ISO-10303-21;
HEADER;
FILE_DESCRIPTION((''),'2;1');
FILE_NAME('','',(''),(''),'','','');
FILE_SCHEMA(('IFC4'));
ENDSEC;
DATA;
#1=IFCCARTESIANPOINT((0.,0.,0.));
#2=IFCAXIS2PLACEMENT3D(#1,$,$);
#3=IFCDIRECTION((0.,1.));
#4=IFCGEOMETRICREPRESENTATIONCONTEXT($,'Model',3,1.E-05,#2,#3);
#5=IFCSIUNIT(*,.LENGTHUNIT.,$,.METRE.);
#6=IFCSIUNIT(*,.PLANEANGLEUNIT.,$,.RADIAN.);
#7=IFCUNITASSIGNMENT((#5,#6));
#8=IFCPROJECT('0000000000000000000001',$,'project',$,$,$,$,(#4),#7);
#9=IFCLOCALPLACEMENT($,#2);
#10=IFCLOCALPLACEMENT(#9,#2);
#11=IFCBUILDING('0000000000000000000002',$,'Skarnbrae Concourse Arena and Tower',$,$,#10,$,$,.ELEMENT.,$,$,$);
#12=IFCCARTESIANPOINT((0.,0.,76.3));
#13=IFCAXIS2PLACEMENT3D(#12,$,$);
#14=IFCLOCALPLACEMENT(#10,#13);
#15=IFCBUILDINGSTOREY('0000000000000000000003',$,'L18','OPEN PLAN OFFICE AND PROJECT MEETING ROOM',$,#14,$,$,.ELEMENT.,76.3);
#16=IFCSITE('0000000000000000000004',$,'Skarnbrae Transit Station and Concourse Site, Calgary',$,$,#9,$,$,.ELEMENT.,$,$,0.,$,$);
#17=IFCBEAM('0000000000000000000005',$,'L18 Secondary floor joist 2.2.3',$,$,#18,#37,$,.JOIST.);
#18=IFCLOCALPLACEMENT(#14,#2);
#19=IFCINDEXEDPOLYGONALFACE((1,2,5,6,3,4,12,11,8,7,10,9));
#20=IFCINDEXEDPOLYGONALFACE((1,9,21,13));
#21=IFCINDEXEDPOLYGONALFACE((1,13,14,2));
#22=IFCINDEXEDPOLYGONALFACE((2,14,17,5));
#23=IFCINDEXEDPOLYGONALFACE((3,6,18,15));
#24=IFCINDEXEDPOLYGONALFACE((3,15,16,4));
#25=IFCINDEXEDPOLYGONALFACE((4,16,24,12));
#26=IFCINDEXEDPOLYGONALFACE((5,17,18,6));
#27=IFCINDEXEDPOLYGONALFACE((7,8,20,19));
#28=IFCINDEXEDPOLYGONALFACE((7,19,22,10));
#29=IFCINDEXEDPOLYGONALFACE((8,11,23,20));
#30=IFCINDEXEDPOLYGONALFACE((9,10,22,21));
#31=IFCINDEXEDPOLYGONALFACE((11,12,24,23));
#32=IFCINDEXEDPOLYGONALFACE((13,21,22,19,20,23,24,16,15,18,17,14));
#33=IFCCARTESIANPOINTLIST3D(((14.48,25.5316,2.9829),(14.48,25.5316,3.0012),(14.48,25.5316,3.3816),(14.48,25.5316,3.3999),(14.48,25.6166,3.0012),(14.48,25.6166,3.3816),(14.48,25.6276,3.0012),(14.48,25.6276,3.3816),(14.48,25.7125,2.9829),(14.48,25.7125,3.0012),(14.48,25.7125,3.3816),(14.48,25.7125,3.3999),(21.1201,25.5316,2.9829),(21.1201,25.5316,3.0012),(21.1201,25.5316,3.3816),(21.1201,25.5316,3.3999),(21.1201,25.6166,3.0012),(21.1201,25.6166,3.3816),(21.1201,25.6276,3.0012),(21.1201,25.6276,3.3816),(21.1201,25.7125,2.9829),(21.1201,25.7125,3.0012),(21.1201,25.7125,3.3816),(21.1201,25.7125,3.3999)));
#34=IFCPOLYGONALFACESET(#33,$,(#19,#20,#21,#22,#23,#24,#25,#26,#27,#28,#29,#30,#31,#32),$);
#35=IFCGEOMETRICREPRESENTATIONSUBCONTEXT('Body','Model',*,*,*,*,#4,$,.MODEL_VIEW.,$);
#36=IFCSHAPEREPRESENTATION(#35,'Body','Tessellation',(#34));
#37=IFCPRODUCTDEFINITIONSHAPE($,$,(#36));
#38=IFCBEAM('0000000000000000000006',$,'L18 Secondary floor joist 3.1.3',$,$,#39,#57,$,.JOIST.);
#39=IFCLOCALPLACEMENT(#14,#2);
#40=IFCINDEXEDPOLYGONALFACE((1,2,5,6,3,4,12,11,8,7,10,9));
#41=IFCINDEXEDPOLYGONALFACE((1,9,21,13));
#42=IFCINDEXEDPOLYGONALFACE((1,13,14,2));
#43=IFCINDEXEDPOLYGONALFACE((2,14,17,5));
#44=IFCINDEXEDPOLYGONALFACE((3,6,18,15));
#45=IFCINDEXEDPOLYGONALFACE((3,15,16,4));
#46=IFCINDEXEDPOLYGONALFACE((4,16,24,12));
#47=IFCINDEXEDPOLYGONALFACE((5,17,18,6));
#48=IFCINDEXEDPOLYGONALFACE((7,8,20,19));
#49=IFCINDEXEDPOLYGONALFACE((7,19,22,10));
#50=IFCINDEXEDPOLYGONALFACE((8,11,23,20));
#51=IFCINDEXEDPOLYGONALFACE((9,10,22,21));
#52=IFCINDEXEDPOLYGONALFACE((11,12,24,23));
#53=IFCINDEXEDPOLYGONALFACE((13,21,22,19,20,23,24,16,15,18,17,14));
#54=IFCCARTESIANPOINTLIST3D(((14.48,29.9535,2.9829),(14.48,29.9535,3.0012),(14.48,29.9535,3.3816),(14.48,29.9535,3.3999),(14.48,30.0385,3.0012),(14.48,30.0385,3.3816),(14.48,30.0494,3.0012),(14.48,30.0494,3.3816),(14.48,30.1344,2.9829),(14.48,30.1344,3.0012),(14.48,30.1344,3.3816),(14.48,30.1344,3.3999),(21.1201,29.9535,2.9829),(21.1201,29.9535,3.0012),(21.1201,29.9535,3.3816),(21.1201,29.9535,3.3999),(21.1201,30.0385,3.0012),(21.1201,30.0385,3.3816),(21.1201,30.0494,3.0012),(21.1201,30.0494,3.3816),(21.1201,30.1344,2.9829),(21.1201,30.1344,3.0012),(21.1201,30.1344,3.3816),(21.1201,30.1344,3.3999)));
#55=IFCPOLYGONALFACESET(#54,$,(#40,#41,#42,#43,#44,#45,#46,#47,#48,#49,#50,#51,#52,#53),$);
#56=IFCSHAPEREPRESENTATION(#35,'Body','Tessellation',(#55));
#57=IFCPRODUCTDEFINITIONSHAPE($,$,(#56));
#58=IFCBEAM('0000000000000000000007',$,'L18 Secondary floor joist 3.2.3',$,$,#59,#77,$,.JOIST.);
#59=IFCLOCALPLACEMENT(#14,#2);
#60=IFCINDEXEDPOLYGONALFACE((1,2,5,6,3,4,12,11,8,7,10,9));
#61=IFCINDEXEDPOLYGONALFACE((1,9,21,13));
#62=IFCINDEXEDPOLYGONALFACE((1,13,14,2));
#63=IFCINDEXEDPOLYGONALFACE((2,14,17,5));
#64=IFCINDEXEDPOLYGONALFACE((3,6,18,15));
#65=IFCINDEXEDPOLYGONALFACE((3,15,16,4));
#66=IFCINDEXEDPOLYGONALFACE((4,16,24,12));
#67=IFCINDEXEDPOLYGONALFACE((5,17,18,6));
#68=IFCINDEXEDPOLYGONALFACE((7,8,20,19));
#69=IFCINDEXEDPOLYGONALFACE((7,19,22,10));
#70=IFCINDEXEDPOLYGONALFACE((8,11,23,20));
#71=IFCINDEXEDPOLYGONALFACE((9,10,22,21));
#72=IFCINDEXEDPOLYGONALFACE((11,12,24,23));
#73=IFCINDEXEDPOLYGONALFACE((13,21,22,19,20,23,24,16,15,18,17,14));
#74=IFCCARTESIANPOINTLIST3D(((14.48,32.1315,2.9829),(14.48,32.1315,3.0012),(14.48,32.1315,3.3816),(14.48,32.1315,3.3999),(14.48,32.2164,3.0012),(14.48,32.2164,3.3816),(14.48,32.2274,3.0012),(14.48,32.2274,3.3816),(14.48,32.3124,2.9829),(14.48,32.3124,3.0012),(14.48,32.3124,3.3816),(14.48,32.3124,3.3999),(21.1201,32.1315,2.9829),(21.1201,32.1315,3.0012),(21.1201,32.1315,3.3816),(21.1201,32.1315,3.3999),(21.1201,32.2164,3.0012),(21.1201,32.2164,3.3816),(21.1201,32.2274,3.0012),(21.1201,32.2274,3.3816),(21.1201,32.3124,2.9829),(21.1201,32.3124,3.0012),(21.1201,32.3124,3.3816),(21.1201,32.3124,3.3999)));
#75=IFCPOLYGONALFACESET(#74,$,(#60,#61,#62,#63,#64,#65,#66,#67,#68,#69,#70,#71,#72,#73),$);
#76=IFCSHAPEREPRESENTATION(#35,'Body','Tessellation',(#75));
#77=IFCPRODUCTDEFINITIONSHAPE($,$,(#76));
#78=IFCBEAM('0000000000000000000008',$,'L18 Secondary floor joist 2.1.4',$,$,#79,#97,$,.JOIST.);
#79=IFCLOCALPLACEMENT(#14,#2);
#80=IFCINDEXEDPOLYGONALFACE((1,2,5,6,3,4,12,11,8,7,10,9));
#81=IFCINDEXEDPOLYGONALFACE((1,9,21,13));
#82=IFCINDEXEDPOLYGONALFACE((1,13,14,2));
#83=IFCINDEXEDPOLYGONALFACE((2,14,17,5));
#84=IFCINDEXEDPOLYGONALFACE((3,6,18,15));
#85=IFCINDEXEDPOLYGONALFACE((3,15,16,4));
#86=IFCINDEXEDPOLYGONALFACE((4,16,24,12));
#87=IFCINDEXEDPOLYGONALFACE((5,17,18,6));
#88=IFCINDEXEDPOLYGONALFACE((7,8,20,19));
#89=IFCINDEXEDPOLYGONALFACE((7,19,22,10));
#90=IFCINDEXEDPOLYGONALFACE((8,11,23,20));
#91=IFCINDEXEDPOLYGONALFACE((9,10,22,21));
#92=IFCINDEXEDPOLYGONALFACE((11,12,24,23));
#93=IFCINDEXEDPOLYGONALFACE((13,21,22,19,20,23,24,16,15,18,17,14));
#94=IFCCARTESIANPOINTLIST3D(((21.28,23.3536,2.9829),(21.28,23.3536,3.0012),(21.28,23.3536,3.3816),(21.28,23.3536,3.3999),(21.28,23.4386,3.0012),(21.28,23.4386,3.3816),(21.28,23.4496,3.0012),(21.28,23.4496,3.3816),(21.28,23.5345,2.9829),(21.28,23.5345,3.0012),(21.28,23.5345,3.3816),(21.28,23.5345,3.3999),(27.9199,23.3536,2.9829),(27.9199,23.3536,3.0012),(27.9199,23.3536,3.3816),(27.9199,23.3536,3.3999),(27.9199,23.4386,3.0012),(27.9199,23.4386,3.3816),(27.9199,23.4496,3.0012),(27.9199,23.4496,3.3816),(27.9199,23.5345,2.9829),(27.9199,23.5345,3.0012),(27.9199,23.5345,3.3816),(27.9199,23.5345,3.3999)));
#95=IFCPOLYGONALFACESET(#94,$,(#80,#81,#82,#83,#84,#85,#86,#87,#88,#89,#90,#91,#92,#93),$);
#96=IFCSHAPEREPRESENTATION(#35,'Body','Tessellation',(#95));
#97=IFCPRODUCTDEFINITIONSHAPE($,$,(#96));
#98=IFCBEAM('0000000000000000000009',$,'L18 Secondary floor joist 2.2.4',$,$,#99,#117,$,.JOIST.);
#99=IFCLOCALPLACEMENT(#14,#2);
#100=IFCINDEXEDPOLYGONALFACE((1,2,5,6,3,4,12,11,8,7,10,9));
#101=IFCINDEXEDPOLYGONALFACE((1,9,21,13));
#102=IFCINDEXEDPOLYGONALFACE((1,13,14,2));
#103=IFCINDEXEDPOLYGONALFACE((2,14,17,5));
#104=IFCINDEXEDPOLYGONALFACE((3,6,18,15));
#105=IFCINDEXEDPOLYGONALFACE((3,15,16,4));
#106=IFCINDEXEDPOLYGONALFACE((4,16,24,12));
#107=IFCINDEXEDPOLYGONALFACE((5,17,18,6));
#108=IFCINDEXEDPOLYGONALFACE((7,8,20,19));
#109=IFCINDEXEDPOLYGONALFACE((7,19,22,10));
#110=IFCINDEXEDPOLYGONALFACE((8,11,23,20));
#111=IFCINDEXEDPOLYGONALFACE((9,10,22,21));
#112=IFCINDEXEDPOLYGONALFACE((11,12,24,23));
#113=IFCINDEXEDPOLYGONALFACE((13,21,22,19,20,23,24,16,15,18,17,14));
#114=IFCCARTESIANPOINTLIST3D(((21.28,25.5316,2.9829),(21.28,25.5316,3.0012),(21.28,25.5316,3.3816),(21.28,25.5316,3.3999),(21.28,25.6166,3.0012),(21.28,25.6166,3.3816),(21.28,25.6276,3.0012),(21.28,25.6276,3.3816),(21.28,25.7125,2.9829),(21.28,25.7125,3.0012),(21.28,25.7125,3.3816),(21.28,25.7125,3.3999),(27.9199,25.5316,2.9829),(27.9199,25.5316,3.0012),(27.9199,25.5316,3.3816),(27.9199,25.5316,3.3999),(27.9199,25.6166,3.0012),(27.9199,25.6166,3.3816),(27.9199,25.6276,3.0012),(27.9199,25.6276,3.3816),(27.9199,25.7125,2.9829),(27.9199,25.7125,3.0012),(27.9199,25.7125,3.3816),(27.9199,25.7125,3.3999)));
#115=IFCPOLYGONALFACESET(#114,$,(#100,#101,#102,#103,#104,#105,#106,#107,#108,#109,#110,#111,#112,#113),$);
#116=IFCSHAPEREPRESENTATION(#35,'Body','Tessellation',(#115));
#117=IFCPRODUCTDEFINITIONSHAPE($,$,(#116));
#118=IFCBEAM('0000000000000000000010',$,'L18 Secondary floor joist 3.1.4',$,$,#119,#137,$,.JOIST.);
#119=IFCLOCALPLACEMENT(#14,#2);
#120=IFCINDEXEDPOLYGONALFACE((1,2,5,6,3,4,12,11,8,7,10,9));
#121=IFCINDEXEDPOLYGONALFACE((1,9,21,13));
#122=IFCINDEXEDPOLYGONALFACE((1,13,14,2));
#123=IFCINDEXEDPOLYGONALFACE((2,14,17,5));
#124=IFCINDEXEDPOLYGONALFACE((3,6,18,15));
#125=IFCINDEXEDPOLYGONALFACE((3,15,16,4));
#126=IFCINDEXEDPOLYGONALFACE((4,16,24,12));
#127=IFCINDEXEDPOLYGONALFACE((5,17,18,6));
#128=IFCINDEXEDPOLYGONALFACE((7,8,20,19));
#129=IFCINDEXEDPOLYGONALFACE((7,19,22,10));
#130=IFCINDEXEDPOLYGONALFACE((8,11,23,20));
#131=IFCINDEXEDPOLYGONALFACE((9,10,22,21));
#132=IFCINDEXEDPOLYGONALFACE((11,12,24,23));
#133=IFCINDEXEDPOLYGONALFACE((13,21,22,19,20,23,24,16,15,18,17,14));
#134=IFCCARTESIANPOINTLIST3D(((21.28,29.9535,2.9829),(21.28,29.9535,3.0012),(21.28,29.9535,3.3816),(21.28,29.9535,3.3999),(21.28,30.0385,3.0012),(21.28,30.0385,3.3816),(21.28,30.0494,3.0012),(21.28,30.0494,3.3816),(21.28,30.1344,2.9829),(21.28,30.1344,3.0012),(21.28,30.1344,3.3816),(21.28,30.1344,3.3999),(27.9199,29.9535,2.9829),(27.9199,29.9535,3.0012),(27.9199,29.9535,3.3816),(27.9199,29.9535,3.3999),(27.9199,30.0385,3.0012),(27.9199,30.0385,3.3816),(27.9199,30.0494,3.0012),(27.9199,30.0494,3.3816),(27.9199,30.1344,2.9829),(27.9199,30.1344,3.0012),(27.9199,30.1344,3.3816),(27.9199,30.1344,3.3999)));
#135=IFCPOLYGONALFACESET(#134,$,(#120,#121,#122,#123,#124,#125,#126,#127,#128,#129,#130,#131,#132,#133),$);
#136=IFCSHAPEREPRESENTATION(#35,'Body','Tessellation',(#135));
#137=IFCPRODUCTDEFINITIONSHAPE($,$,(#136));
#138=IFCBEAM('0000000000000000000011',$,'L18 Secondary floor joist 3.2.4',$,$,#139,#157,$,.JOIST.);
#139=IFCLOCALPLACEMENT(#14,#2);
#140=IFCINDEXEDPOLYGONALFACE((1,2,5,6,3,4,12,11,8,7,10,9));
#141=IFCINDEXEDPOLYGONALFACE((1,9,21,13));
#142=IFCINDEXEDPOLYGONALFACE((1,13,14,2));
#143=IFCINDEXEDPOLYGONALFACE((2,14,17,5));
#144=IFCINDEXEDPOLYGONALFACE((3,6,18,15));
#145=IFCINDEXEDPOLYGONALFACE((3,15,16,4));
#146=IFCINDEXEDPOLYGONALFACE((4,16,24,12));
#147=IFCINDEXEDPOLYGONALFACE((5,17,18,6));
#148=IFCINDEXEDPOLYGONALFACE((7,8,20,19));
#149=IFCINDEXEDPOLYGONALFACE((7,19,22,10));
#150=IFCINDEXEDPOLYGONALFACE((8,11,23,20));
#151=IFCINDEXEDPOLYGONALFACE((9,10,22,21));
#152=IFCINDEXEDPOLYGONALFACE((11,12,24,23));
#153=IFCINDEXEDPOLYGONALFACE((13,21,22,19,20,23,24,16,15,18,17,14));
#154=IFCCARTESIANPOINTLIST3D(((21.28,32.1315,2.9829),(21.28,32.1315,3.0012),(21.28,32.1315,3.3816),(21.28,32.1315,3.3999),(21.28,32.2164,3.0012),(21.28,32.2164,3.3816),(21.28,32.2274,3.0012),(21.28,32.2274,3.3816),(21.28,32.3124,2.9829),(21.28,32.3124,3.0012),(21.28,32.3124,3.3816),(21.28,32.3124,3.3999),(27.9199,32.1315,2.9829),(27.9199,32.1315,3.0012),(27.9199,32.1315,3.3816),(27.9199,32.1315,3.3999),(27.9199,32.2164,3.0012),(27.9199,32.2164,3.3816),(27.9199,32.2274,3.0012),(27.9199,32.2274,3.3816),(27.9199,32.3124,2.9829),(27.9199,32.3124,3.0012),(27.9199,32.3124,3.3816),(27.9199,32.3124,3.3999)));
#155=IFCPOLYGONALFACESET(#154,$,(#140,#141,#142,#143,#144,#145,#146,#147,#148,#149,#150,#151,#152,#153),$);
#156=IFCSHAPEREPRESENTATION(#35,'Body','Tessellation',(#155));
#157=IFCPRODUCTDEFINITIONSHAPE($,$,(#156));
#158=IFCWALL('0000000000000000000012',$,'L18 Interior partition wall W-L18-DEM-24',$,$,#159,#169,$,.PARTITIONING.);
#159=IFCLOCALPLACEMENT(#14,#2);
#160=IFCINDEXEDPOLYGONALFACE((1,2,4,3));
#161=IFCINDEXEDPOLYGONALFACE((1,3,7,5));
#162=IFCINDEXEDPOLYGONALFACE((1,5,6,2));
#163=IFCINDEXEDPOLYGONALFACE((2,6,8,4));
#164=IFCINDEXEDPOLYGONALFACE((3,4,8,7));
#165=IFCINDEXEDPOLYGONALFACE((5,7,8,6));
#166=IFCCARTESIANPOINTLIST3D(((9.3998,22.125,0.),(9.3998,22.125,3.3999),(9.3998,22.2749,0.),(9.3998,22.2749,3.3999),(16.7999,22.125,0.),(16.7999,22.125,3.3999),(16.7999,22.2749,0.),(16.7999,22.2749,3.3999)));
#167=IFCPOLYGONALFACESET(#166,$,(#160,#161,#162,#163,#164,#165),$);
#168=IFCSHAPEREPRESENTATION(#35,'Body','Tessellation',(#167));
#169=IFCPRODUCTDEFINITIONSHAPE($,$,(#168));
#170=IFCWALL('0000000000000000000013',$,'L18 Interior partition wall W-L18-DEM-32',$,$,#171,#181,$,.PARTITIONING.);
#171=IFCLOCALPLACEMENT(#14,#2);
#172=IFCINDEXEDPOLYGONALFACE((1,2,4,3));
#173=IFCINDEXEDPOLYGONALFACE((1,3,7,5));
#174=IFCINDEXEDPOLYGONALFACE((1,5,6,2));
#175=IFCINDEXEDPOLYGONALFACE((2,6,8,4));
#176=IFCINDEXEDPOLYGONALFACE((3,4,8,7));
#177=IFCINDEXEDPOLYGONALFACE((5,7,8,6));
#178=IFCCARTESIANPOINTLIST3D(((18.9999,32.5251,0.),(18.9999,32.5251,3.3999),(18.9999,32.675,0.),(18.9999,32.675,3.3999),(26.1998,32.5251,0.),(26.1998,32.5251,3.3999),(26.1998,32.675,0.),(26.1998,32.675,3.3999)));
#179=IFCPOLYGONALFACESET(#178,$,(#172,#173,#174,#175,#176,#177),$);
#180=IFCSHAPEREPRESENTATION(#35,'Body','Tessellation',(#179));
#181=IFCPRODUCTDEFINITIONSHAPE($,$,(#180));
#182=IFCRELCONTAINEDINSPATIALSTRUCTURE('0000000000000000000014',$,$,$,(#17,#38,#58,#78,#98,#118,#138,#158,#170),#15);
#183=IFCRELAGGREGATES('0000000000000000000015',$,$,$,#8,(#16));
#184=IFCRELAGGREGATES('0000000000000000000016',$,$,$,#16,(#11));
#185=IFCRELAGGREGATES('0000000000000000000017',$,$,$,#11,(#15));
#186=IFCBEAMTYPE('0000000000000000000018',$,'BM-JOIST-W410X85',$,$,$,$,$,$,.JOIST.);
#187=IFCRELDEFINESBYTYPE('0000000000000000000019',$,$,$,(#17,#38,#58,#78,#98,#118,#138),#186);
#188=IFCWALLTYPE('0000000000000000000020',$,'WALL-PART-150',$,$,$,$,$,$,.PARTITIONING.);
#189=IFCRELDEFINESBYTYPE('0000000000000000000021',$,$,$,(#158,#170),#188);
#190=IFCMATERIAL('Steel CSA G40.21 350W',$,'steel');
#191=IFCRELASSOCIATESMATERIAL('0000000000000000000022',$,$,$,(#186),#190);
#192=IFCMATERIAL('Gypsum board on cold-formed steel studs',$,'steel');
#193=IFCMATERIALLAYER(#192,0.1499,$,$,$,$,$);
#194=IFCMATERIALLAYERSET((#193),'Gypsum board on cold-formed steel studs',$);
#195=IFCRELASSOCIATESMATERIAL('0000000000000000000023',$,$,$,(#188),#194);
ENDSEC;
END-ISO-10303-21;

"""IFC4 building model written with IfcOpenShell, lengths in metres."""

from ifc_helpers import new_model, si_unit, direction, frame, frame_2d, origin, origin_2d, place, context, subcontext, project, spatial, rectangle, i_section, extrude, source, transform, mapped, material, layer, layer_set, material_profile, profile_set, type_object, element, save


model = new_model("IFC4")

# Units and contexts
model_context = context("Model", 3, precision=1e-05, world=origin(), true_north=direction((0.0, 1.0)))
body_context = subcontext(model_context, "Body", "Model", "MODEL_VIEW")
ifc_project = project(units=[si_unit("LENGTHUNIT", "METRE"), si_unit("PLANEANGLEUNIT", "RADIAN")], contexts=[model_context])

# Site, building, storey
site_placement = place(None, origin())
site = spatial("IfcSite", under=ifc_project, at=site_placement, Name="Skarnbrae Transit Station and Concourse Site, Calgary", CompositionType="ELEMENT", RefElevation=0.0)
building_placement = place(site_placement, origin())
building = spatial("IfcBuilding", under=site, at=building_placement, Name="Skarnbrae Concourse Arena and Tower", CompositionType="ELEMENT")
storey_placement = place(building_placement, frame((0.0, 0.0, 76.3)))
storey = spatial("IfcBuildingStorey", under=building, at=storey_placement, Name="L18", Description="OPEN PLAN OFFICE AND PROJECT MEETING ROOM", CompositionType="ELEMENT", Elevation=76.3)

# Shared definitions
ifc_material_1 = material(Name="Steel CSA G40.21 350W", Category="steel")

# Beams
ifc_material_profile_1 = material_profile(ifc_material_1, i_section(OverallWidth=0.1809, OverallDepth=0.417, WebThickness=0.011, FlangeThickness=0.0183, at=origin_2d()), Name="W410X85")
ifc_profile_set_1 = profile_set([ifc_material_profile_1], Name="Steel CSA G40.21 350W")
beam_type_1 = type_object("IfcBeamType", Name="BM-JOIST-W410X85", PredefinedType="JOIST", material=ifc_profile_set_1)
shared_shape_1 = source(origin(), body_context, "Body", "SweptSolid", [
    extrude(i_section(OverallWidth=0.1809, OverallDepth=0.417, WebThickness=0.011, FlangeThickness=0.0183, at=origin_2d()), origin(), (0.0, 0.0, 1.0), 6.6401),
])
for number, where, z_axis, x_axis, name in (
    (1, (14.48, 25.6221, 3.1914), (1.0, 0.0, 0.0), (0.0, 1.0, 0.0), "L18 Secondary floor joist 2.2.3"),
    (2, (14.48, 30.0439, 3.1914), (1.0, 0.0, 0.0), (0.0, 1.0, 0.0), "L18 Secondary floor joist 3.1.3"),
    (3, (14.48, 32.2219, 3.1914), (1.0, 0.0, 0.0), (0.0, 1.0, 0.0), "L18 Secondary floor joist 3.2.3"),
):
    element("IfcBeam", number, at=place(storey_placement, frame(where, z_axis=z_axis, x_axis=x_axis)), inside=storey, type_object=beam_type_1, Name=name, PredefinedType="JOIST", context=body_context, shape_type="MappedRepresentation", body=[
        mapped(shared_shape_1, transform((0.0, 0.0, 0.0))),
    ])
shared_shape_2 = source(origin(), body_context, "Body", "SweptSolid", [
    extrude(i_section(OverallWidth=0.1809, OverallDepth=0.417, WebThickness=0.011, FlangeThickness=0.0183, at=origin_2d()), origin(), (0.0, 0.0, 1.0), 6.6399),
])
for number, where, z_axis, x_axis, name in (
    (4, (21.28, 23.4441, 3.1914), (1.0, 0.0, 0.0), (0.0, 1.0, 0.0), "L18 Secondary floor joist 2.1.4"),
    (5, (21.28, 25.6221, 3.1914), (1.0, 0.0, 0.0), (0.0, 1.0, 0.0), "L18 Secondary floor joist 2.2.4"),
    (6, (21.28, 30.0439, 3.1914), (1.0, 0.0, 0.0), (0.0, 1.0, 0.0), "L18 Secondary floor joist 3.1.4"),
    (7, (21.28, 32.2219, 3.1914), (1.0, 0.0, 0.0), (0.0, 1.0, 0.0), "L18 Secondary floor joist 3.2.4"),
):
    element("IfcBeam", number, at=place(storey_placement, frame(where, z_axis=z_axis, x_axis=x_axis)), inside=storey, type_object=beam_type_1, Name=name, PredefinedType="JOIST", context=body_context, shape_type="MappedRepresentation", body=[
        mapped(shared_shape_2, transform((0.0, 0.0, 0.0))),
    ])

# Walls
ifc_material_2 = material(Name="Gypsum board on cold-formed steel studs", Category="steel")
ifc_layer = layer(ifc_material_2, 0.1499)
ifc_layer_set = layer_set([ifc_layer], Name="Gypsum board on cold-formed steel studs")
wall_type = type_object("IfcWallType", Name="WALL-PART-150", PredefinedType="PARTITIONING", material=ifc_layer_set)
shared_shape_3 = source(origin(), body_context, "Body", "SweptSolid", [
    extrude(rectangle(XDim=7.4001, YDim=0.1499, at=frame_2d((3.7002, 0.0))), origin(), (0.0, 0.0, 1.0), 3.3999),
])
wall_1_placement = place(storey_placement, frame((16.8, 22.2, 0.0), z_axis=(0.0, 0.0, 1.0), x_axis=(-1.0, 0.0, 0.0)))
element("IfcWall", 8, at=wall_1_placement, inside=storey, type_object=wall_type, Name="L18 Interior partition wall W-L18-DEM-24", PredefinedType="PARTITIONING", context=body_context, shape_type="MappedRepresentation", body=[
    mapped(shared_shape_3, transform((0.0, 0.0, 0.0))),
])
shared_shape_4 = source(origin(), body_context, "Body", "SweptSolid", [
    extrude(rectangle(XDim=7.2, YDim=0.1499, at=frame_2d((3.6001, 0.0))), origin(), (0.0, 0.0, 1.0), 3.3999),
])
wall_2_placement = place(storey_placement, frame((26.2, 32.6001, 0.0), z_axis=(0.0, 0.0, 1.0), x_axis=(-1.0, 0.0, 0.0)))
element("IfcWall", 9, at=wall_2_placement, inside=storey, type_object=wall_type, Name="L18 Interior partition wall W-L18-DEM-32", PredefinedType="PARTITIONING", context=body_context, shape_type="MappedRepresentation", body=[
    mapped(shared_shape_4, transform((0.0, 0.0, 0.0))),
])

save(model, "model.ifc")
